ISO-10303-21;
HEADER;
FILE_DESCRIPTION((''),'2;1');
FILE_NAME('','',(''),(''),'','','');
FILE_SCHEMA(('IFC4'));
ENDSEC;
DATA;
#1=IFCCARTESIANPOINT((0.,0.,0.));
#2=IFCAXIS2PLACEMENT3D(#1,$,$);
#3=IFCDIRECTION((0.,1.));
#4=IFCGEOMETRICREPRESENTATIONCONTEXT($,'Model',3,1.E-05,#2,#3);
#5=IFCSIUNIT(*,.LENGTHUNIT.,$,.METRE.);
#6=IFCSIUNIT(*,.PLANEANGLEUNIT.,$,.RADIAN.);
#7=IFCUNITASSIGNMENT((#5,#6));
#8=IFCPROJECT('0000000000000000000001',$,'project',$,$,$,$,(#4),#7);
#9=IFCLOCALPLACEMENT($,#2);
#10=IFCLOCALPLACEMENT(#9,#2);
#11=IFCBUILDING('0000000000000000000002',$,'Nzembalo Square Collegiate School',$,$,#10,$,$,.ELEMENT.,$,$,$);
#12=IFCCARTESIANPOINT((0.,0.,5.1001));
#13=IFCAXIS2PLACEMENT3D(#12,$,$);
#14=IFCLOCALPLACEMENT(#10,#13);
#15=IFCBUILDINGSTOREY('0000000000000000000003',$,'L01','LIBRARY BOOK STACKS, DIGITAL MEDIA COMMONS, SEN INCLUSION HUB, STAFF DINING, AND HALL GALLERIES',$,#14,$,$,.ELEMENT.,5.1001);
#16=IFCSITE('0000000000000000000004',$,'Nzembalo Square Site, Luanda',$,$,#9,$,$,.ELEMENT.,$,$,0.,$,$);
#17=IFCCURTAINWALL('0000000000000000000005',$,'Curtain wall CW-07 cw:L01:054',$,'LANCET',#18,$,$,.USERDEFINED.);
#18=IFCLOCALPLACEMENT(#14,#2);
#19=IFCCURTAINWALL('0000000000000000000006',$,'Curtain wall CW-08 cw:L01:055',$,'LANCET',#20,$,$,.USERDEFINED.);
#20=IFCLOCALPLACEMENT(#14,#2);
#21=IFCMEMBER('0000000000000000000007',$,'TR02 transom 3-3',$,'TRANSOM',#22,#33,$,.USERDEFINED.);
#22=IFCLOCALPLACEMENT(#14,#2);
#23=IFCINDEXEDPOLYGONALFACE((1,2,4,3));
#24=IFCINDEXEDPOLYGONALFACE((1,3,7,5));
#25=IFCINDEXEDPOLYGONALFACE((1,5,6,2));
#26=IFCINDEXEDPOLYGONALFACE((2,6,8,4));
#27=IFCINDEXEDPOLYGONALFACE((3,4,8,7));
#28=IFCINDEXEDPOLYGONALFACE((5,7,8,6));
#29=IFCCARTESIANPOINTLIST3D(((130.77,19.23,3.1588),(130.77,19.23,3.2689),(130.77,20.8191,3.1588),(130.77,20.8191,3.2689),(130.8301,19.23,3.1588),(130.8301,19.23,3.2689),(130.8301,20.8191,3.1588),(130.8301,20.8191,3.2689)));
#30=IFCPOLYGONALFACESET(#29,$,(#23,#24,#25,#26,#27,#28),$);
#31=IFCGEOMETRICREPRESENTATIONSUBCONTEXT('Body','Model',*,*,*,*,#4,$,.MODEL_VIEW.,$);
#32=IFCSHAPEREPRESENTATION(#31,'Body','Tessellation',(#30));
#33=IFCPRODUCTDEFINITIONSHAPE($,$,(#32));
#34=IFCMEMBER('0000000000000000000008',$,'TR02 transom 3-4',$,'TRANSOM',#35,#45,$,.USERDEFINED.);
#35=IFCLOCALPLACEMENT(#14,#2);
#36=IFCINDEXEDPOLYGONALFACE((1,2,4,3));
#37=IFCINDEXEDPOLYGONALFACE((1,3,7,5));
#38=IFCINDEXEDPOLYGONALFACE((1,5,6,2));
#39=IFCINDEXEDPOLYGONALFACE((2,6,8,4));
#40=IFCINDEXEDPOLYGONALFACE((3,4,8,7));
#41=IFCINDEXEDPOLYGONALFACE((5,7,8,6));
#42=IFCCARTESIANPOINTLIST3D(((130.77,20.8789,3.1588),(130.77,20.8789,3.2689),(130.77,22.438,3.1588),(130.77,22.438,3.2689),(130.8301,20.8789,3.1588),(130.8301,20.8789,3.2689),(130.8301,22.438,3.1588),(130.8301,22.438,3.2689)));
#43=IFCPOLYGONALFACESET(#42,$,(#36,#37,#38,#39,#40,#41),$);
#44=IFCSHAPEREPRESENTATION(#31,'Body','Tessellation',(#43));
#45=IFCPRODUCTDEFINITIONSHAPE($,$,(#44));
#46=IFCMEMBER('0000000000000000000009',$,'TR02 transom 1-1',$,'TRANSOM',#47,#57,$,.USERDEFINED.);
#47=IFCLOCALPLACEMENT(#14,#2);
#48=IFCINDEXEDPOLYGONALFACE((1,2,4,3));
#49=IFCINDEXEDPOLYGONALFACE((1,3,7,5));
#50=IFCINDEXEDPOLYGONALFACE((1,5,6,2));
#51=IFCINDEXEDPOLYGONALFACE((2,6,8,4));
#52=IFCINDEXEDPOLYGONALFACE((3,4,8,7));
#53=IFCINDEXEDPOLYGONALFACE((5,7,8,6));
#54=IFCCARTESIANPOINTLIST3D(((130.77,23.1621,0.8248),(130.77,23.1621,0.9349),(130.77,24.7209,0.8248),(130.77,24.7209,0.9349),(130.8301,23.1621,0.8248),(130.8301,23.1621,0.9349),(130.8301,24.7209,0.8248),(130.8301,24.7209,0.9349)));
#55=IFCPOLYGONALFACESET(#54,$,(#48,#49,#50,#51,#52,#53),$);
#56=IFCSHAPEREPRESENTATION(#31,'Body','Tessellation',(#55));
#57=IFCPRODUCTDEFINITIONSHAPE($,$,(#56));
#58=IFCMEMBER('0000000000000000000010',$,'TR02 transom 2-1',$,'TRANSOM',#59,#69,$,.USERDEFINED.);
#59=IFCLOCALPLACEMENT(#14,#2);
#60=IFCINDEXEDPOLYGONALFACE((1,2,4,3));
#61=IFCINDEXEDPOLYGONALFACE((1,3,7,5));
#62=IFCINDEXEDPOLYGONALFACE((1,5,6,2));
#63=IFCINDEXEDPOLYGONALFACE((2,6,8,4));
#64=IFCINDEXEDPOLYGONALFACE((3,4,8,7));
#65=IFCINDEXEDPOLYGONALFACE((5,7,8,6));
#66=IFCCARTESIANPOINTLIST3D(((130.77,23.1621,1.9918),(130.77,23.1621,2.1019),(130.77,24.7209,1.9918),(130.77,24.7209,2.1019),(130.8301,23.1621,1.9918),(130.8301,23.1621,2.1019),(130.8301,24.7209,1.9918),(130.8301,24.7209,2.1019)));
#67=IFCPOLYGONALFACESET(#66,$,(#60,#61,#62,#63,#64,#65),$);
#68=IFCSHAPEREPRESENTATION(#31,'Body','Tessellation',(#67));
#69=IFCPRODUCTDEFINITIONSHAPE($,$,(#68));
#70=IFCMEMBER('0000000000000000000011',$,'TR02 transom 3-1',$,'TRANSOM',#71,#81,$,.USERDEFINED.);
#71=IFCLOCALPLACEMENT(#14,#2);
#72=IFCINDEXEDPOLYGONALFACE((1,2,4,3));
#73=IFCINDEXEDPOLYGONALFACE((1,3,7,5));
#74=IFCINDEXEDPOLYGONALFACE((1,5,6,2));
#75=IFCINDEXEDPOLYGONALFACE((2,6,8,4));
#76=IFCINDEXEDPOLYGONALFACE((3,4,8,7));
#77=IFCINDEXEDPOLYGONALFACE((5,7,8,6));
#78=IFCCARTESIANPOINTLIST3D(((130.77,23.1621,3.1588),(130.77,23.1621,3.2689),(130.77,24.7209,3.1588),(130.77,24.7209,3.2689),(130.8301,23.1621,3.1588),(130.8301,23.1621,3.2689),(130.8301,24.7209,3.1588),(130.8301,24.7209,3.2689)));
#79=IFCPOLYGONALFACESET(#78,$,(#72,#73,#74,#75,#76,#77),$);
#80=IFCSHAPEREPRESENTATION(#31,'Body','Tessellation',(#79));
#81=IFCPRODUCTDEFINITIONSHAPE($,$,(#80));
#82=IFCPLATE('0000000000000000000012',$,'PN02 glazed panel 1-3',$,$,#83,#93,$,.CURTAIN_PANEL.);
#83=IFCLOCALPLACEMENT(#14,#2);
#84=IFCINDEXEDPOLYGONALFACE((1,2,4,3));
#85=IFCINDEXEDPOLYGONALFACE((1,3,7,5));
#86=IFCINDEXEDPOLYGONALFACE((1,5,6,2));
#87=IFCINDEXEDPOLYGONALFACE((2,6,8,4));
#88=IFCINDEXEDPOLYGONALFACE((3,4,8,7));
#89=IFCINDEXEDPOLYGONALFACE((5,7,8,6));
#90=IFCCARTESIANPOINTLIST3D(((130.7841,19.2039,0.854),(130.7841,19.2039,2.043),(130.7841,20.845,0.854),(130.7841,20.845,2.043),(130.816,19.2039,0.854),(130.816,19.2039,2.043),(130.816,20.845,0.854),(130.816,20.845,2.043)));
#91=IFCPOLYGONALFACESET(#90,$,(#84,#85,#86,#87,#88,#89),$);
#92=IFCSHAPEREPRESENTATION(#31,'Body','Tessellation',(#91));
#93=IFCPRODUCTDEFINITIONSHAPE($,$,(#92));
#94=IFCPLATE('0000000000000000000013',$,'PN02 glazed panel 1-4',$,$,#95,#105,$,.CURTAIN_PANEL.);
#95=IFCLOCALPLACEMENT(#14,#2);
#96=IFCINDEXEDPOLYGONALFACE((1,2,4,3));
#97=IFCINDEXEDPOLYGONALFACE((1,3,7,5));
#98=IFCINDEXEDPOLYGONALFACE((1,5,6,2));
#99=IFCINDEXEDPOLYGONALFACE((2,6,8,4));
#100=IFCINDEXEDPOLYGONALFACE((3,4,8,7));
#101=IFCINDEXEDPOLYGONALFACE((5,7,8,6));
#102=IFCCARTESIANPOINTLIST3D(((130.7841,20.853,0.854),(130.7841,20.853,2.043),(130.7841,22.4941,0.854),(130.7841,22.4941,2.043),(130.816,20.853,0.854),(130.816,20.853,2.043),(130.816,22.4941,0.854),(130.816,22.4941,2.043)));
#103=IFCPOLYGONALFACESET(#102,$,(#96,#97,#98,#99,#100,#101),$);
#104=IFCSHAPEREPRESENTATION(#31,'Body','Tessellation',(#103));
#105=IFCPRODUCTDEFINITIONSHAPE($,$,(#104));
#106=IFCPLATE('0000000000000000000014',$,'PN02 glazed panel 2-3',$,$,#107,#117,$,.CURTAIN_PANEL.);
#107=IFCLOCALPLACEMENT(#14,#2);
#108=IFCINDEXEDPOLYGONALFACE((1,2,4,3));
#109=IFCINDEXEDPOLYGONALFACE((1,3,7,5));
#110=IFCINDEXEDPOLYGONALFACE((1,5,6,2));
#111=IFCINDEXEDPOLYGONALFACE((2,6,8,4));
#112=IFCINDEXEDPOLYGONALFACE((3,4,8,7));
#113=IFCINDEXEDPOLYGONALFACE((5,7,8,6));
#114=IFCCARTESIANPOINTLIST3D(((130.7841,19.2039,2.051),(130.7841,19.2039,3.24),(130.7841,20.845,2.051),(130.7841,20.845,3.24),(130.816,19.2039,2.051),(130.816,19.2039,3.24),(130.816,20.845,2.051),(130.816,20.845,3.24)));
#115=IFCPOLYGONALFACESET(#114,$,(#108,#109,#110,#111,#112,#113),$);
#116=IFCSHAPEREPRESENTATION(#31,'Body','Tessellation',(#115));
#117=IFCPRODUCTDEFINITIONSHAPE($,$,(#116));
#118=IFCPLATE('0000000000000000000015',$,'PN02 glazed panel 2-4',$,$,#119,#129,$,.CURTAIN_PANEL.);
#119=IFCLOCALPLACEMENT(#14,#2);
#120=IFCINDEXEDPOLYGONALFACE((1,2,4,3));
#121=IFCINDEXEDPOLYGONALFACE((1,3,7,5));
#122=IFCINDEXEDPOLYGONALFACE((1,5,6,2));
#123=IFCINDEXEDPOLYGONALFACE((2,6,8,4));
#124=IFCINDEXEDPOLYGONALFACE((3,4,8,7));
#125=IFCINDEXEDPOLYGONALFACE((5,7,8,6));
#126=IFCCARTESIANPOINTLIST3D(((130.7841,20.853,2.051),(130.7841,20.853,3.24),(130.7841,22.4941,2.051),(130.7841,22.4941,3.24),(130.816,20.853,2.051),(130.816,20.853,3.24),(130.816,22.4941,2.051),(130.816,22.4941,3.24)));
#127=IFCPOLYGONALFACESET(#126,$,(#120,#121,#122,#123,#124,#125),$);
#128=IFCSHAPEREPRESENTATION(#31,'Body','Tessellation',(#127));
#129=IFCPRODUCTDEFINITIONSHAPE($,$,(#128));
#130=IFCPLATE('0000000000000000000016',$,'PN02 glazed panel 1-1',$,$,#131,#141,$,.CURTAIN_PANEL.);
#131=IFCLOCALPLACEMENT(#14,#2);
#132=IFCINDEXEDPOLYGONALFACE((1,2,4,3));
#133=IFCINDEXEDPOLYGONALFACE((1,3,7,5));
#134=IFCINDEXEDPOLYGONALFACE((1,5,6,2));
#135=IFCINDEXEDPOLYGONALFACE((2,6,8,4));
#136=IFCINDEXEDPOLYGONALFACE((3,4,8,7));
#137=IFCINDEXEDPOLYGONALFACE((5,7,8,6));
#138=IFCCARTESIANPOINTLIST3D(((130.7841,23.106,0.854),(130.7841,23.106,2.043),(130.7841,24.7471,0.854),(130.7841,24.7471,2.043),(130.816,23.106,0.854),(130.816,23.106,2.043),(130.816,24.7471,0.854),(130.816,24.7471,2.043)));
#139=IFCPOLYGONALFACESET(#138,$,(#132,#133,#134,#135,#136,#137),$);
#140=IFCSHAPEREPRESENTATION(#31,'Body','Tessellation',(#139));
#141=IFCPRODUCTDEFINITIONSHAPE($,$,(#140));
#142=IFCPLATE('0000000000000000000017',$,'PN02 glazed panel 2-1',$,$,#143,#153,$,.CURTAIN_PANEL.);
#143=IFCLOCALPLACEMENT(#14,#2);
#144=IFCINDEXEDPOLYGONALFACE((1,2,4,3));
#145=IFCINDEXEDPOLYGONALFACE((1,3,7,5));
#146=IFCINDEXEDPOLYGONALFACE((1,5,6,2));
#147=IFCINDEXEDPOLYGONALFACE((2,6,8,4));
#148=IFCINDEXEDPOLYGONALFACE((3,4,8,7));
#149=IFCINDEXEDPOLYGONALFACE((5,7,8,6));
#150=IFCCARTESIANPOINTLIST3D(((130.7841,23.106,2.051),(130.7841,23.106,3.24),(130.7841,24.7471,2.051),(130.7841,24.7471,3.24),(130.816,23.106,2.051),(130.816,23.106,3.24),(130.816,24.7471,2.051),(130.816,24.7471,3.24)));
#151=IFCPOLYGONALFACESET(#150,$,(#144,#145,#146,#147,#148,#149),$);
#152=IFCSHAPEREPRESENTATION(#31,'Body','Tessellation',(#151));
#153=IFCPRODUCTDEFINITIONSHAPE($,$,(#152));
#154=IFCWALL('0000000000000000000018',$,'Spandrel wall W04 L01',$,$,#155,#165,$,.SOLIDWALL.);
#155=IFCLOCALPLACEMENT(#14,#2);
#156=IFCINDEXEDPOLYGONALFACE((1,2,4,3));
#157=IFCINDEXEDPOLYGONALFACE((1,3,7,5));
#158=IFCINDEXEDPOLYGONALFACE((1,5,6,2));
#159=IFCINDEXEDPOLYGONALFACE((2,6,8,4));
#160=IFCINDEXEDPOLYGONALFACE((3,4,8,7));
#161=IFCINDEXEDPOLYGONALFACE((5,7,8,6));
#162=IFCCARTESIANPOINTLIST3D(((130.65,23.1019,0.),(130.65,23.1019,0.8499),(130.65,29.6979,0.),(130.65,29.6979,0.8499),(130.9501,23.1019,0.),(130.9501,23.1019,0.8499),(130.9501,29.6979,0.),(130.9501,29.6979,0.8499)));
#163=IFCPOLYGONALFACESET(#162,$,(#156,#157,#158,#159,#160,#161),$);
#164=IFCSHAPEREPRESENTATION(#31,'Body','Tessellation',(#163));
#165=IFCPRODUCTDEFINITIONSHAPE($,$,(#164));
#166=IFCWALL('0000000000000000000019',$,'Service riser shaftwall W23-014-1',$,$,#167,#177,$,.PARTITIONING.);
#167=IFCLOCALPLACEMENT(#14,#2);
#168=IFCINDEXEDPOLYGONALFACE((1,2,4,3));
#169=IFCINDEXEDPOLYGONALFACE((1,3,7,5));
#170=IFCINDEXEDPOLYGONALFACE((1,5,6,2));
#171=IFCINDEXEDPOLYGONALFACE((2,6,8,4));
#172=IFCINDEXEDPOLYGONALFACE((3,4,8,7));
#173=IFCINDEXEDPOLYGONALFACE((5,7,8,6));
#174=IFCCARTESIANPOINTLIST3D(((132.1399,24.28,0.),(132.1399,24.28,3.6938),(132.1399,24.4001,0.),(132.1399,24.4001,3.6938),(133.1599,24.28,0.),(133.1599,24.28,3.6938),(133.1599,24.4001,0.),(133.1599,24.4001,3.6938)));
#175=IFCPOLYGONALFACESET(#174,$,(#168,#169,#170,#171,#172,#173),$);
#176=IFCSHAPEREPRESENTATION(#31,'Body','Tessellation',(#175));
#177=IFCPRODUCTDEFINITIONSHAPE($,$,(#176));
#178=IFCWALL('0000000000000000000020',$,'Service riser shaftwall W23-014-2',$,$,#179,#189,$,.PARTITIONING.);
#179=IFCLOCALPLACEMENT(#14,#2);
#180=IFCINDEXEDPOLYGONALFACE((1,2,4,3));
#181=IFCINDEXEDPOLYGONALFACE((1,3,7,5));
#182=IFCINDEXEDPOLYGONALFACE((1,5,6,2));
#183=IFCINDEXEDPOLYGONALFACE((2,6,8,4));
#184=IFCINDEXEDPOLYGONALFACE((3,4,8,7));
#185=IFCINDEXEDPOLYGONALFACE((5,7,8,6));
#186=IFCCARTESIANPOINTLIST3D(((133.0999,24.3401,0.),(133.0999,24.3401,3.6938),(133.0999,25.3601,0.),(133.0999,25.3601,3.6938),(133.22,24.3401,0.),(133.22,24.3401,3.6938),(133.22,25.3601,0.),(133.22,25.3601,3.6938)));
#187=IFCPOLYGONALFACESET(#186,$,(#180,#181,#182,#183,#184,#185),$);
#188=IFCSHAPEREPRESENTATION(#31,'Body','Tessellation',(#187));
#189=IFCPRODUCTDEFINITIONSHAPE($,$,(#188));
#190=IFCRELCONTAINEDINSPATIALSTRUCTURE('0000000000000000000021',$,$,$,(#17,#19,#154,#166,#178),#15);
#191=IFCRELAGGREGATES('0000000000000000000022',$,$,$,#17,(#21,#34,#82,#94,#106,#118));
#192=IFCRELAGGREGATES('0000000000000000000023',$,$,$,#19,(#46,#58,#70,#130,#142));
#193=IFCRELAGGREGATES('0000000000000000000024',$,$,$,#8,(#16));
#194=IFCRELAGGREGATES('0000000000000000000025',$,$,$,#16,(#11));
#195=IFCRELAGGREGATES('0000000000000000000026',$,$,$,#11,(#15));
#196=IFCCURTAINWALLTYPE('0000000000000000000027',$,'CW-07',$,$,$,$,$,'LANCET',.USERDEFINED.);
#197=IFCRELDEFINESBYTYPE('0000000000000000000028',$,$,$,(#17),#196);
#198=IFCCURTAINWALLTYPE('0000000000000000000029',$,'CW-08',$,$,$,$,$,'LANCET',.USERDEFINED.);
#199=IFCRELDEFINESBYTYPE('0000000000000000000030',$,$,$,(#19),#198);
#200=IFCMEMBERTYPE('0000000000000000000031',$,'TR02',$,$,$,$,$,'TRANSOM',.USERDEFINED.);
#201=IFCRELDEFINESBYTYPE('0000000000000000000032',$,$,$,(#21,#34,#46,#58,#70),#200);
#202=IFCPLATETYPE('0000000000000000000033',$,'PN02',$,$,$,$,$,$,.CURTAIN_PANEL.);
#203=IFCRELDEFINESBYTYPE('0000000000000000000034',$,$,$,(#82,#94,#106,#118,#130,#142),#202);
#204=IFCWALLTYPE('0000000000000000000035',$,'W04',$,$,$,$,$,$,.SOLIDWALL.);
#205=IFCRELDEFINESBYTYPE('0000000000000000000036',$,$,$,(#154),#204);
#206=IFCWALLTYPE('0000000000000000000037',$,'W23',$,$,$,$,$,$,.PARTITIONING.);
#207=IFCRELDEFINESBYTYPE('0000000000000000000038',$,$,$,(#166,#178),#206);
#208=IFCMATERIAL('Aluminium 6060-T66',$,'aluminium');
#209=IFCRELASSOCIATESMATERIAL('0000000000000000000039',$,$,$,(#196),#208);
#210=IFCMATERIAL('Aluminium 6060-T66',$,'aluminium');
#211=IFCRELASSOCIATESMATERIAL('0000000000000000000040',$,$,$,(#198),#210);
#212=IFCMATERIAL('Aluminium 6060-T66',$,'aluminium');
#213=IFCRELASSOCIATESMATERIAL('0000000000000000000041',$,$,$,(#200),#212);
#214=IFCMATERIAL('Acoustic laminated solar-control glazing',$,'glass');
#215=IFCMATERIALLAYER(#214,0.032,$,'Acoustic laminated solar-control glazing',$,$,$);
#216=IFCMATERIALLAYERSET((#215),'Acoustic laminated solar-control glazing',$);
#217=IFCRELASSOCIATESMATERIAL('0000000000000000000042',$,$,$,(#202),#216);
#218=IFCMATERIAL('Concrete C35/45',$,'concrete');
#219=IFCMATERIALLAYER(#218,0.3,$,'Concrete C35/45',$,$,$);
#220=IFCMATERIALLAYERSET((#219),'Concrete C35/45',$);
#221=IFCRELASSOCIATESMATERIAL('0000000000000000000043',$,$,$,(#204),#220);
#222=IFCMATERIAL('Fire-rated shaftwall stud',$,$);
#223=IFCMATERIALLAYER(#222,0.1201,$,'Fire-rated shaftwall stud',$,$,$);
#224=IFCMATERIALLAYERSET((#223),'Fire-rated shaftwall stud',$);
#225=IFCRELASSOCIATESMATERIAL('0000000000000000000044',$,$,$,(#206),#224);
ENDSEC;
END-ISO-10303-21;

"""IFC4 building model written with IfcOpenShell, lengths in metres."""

from ifc_helpers import new_model, si_unit, direction, frame, frame_2d, origin, origin_2d, place, context, subcontext, project, spatial, rectangle, extrude, material, layer, layer_set, material_profile, profile_set, type_object, element, aggregate, save


model = new_model("IFC4")

# Units and contexts
model_context = context("Model", 3, precision=1e-05, world=origin(), true_north=direction((0.0, 1.0)))
body_context = subcontext(model_context, "Body", "Model", "MODEL_VIEW")
ifc_project = project(units=[si_unit("LENGTHUNIT", "METRE"), si_unit("PLANEANGLEUNIT", "RADIAN")], contexts=[model_context])

# Site, building, storey
site_placement = place(None, origin())
site = spatial("IfcSite", under=ifc_project, at=site_placement, Name="Nzembalo Square Site, Luanda", CompositionType="ELEMENT", RefElevation=0.0)
building_placement = place(site_placement, origin())
building = spatial("IfcBuilding", under=site, at=building_placement, Name="Nzembalo Square Collegiate School", CompositionType="ELEMENT")
storey_placement = place(building_placement, frame((0.0, 0.0, 5.1001)))
storey = spatial("IfcBuildingStorey", under=building, at=storey_placement, Name="L01", Description="LIBRARY BOOK STACKS, DIGITAL MEDIA COMMONS, SEN INCLUSION HUB, STAFF DINING, AND HALL GALLERIES", CompositionType="ELEMENT", Elevation=5.1001)

# Curtain wall
ifc_material_1 = material(Name="Aluminium 6060-T66", Category="aluminium")
curtain_wall_type_1 = type_object("IfcCurtainWallType", Name="CW-07", ElementType="LANCET", PredefinedType="USERDEFINED", material=ifc_material_1)
curtain_wall_1_placement = place(storey_placement, origin())
curtain_wall_1 = element("IfcCurtainWall", 1, at=curtain_wall_1_placement, inside=storey, type_object=curtain_wall_type_1, Name="Curtain wall CW-07 cw:L01:054", ObjectType="LANCET", PredefinedType="USERDEFINED")

# Curtain wall
ifc_material_2 = material(Name="Aluminium 6060-T66", Category="aluminium")
curtain_wall_type_2 = type_object("IfcCurtainWallType", Name="CW-08", ElementType="LANCET", PredefinedType="USERDEFINED", material=ifc_material_2)
curtain_wall_2_placement = place(storey_placement, origin())
curtain_wall_2 = element("IfcCurtainWall", 2, at=curtain_wall_2_placement, inside=storey, type_object=curtain_wall_type_2, Name="Curtain wall CW-08 cw:L01:055", ObjectType="LANCET", PredefinedType="USERDEFINED")

# Members
ifc_material_3 = material(Name="Aluminium 6060-T66", Category="aluminium")
ifc_material_profile_1 = material_profile(ifc_material_3, rectangle(XDim=0.0601, YDim=0.1101, at=origin_2d()), Name="ALU T60x110")
ifc_profile_set_1 = profile_set([ifc_material_profile_1], Name="Aluminium 6060-T66")
member_type_1 = type_object("IfcMemberType", Name="TR02", ElementType="TRANSOM", PredefinedType="USERDEFINED", material=ifc_profile_set_1)
member_1_placement = place(storey_placement, frame((130.8, 19.23, 3.2139), z_axis=(0.0, 1.0, 0.0), x_axis=(-1.0, 0.0, 0.0)))
member_1 = element("IfcMember", 3, at=member_1_placement, type_object=member_type_1, Name="TR02 transom 3-3", ObjectType="TRANSOM", PredefinedType="USERDEFINED", context=body_context, shape_type="SweptSolid", body=[
    extrude(rectangle(XDim=0.0601, YDim=0.1101, at=origin_2d()), origin(), (0.0, 0.0, 1.0), 1.5891),
])
member_2_placement = place(storey_placement, frame((130.8, 20.8789, 3.2139), z_axis=(0.0, 1.0, 0.0), x_axis=(-1.0, 0.0, 0.0)))
member_2 = element("IfcMember", 4, at=member_2_placement, type_object=member_type_1, Name="TR02 transom 3-4", ObjectType="TRANSOM", PredefinedType="USERDEFINED", context=body_context, shape_type="SweptSolid", body=[
    extrude(rectangle(XDim=0.0601, YDim=0.1101, at=origin_2d()), origin(), (0.0, 0.0, 1.0), 1.5591),
])
member_3_placement = place(storey_placement, frame((130.8, 23.1621, 0.8799), z_axis=(0.0, 1.0, 0.0), x_axis=(-1.0, 0.0, 0.0)))
member_3 = element("IfcMember", 5, at=member_3_placement, type_object=member_type_1, Name="TR02 transom 1-1", ObjectType="TRANSOM", PredefinedType="USERDEFINED", context=body_context, shape_type="SweptSolid", body=[
    extrude(rectangle(XDim=0.0601, YDim=0.1101, at=origin_2d()), origin(), (0.0, 0.0, 1.0), 1.5588),
])
member_4_placement = place(storey_placement, frame((130.8, 23.1621, 2.0469), z_axis=(0.0, 1.0, 0.0), x_axis=(-1.0, 0.0, 0.0)))
member_4 = element("IfcMember", 6, at=member_4_placement, type_object=member_type_1, Name="TR02 transom 2-1", ObjectType="TRANSOM", PredefinedType="USERDEFINED", context=body_context, shape_type="SweptSolid", body=[
    extrude(rectangle(XDim=0.0601, YDim=0.1101, at=origin_2d()), origin(), (0.0, 0.0, 1.0), 1.5588),
])
member_5_placement = place(storey_placement, frame((130.8, 23.1621, 3.2139), z_axis=(0.0, 1.0, 0.0), x_axis=(-1.0, 0.0, 0.0)))
member_5 = element("IfcMember", 7, at=member_5_placement, type_object=member_type_1, Name="TR02 transom 3-1", ObjectType="TRANSOM", PredefinedType="USERDEFINED", context=body_context, shape_type="SweptSolid", body=[
    extrude(rectangle(XDim=0.0601, YDim=0.1101, at=origin_2d()), origin(), (0.0, 0.0, 1.0), 1.5588),
])

# Plates
ifc_material_4 = material(Name="Acoustic laminated solar-control glazing", Category="glass")
ifc_layer_1 = layer(ifc_material_4, 0.032, Name="Acoustic laminated solar-control glazing")
ifc_layer_set_1 = layer_set([ifc_layer_1], Name="Acoustic laminated solar-control glazing")
plate_type = type_object("IfcPlateType", Name="PN02", PredefinedType="CURTAIN_PANEL", material=ifc_layer_set_1)
plate_1_placement = place(storey_placement, frame((130.8, 20.0244, 0.854), z_axis=(0.0, 0.0, 1.0), x_axis=(0.0, 1.0, 0.0)))
plate_1 = element("IfcPlate", 8, at=plate_1_placement, type_object=plate_type, Name="PN02 glazed panel 1-3", PredefinedType="CURTAIN_PANEL", context=body_context, shape_type="SweptSolid", body=[
    extrude(rectangle(XDim=1.6411, YDim=0.032, at=origin_2d()), origin(), (0.0, 0.0, 1.0), 1.189),
])
plate_2_placement = place(storey_placement, frame((130.8, 21.6736, 0.854), z_axis=(0.0, 0.0, 1.0), x_axis=(0.0, 1.0, 0.0)))
plate_2 = element("IfcPlate", 9, at=plate_2_placement, type_object=plate_type, Name="PN02 glazed panel 1-4", PredefinedType="CURTAIN_PANEL", context=body_context, shape_type="SweptSolid", body=[
    extrude(rectangle(XDim=1.6411, YDim=0.032, at=origin_2d()), origin(), (0.0, 0.0, 1.0), 1.189),
])
plate_3_placement = place(storey_placement, frame((130.8, 20.0244, 2.051), z_axis=(0.0, 0.0, 1.0), x_axis=(0.0, 1.0, 0.0)))
plate_3 = element("IfcPlate", 10, at=plate_3_placement, type_object=plate_type, Name="PN02 glazed panel 2-3", PredefinedType="CURTAIN_PANEL", context=body_context, shape_type="SweptSolid", body=[
    extrude(rectangle(XDim=1.6411, YDim=0.032, at=origin_2d()), origin(), (0.0, 0.0, 1.0), 1.189),
])
plate_4_placement = place(storey_placement, frame((130.8, 21.6736, 2.051), z_axis=(0.0, 0.0, 1.0), x_axis=(0.0, 1.0, 0.0)))
plate_4 = element("IfcPlate", 11, at=plate_4_placement, type_object=plate_type, Name="PN02 glazed panel 2-4", PredefinedType="CURTAIN_PANEL", context=body_context, shape_type="SweptSolid", body=[
    extrude(rectangle(XDim=1.6411, YDim=0.032, at=origin_2d()), origin(), (0.0, 0.0, 1.0), 1.189),
])
aggregate(curtain_wall_1, [member_1, member_2, plate_1, plate_2, plate_3, plate_4])
plate_5_placement = place(storey_placement, frame((130.8, 23.9265, 0.854), z_axis=(0.0, 0.0, 1.0), x_axis=(0.0, 1.0, 0.0)))
plate_5 = element("IfcPlate", 12, at=plate_5_placement, type_object=plate_type, Name="PN02 glazed panel 1-1", PredefinedType="CURTAIN_PANEL", context=body_context, shape_type="SweptSolid", body=[
    extrude(rectangle(XDim=1.6411, YDim=0.032, at=origin_2d()), origin(), (0.0, 0.0, 1.0), 1.189),
])
plate_6_placement = place(storey_placement, frame((130.8, 23.9265, 2.051), z_axis=(0.0, 0.0, 1.0), x_axis=(0.0, 1.0, 0.0)))
plate_6 = element("IfcPlate", 13, at=plate_6_placement, type_object=plate_type, Name="PN02 glazed panel 2-1", PredefinedType="CURTAIN_PANEL", context=body_context, shape_type="SweptSolid", body=[
    extrude(rectangle(XDim=1.6411, YDim=0.032, at=origin_2d()), origin(), (0.0, 0.0, 1.0), 1.189),
])
aggregate(curtain_wall_2, [member_3, member_4, member_5, plate_5, plate_6])

# Walls
ifc_material_5 = material(Name="Concrete C35/45", Category="concrete")
ifc_layer_2 = layer(ifc_material_5, 0.3, Name="Concrete C35/45")
ifc_layer_set_2 = layer_set([ifc_layer_2], Name="Concrete C35/45")
wall_type_1 = type_object("IfcWallType", Name="W04", PredefinedType="SOLIDWALL", material=ifc_layer_set_2)
wall_placement = place(storey_placement, frame((130.8, 23.1021, 0.0), z_axis=(0.0, 0.0, 1.0), x_axis=(0.0, 1.0, 0.0)))
element("IfcWall", 14, at=wall_placement, inside=storey, type_object=wall_type_1, Name="Spandrel wall W04 L01", PredefinedType="SOLIDWALL", context=body_context, shape_type="SweptSolid", body=[
    extrude(rectangle(XDim=6.5959, YDim=0.3, at=frame_2d((3.2979, 0.0))), origin(), (0.0, 0.0, 1.0), 0.8499),
])
ifc_material_6 = material(Name="Fire-rated shaftwall stud")
ifc_layer_3 = layer(ifc_material_6, 0.1201, Name="Fire-rated shaftwall stud")
ifc_layer_set_3 = layer_set([ifc_layer_3], Name="Fire-rated shaftwall stud")
wall_type_2 = type_object("IfcWallType", Name="W23", PredefinedType="PARTITIONING", material=ifc_layer_set_3)
for number, where, z_axis, x_axis, name in (
    (15, (132.1399, 24.3401, 0.0), (0.0, 0.0, 1.0), (1.0, 0.0, 0.0), "Service riser shaftwall W23-014-1"),
    (16, (133.1599, 24.3401, 0.0), (0.0, 0.0, 1.0), (0.0, 1.0, 0.0), "Service riser shaftwall W23-014-2"),
):
    element("IfcWall", number, at=place(storey_placement, frame(where, z_axis=z_axis, x_axis=x_axis)), inside=storey, type_object=wall_type_2, Name=name, PredefinedType="PARTITIONING", context=body_context, shape_type="SweptSolid", body=[
        extrude(rectangle(XDim=1.02, YDim=0.1201, at=frame_2d((0.51, 0.0))), origin(), (0.0, 0.0, 1.0), 3.6938),
    ])

save(model, "model.ifc")
